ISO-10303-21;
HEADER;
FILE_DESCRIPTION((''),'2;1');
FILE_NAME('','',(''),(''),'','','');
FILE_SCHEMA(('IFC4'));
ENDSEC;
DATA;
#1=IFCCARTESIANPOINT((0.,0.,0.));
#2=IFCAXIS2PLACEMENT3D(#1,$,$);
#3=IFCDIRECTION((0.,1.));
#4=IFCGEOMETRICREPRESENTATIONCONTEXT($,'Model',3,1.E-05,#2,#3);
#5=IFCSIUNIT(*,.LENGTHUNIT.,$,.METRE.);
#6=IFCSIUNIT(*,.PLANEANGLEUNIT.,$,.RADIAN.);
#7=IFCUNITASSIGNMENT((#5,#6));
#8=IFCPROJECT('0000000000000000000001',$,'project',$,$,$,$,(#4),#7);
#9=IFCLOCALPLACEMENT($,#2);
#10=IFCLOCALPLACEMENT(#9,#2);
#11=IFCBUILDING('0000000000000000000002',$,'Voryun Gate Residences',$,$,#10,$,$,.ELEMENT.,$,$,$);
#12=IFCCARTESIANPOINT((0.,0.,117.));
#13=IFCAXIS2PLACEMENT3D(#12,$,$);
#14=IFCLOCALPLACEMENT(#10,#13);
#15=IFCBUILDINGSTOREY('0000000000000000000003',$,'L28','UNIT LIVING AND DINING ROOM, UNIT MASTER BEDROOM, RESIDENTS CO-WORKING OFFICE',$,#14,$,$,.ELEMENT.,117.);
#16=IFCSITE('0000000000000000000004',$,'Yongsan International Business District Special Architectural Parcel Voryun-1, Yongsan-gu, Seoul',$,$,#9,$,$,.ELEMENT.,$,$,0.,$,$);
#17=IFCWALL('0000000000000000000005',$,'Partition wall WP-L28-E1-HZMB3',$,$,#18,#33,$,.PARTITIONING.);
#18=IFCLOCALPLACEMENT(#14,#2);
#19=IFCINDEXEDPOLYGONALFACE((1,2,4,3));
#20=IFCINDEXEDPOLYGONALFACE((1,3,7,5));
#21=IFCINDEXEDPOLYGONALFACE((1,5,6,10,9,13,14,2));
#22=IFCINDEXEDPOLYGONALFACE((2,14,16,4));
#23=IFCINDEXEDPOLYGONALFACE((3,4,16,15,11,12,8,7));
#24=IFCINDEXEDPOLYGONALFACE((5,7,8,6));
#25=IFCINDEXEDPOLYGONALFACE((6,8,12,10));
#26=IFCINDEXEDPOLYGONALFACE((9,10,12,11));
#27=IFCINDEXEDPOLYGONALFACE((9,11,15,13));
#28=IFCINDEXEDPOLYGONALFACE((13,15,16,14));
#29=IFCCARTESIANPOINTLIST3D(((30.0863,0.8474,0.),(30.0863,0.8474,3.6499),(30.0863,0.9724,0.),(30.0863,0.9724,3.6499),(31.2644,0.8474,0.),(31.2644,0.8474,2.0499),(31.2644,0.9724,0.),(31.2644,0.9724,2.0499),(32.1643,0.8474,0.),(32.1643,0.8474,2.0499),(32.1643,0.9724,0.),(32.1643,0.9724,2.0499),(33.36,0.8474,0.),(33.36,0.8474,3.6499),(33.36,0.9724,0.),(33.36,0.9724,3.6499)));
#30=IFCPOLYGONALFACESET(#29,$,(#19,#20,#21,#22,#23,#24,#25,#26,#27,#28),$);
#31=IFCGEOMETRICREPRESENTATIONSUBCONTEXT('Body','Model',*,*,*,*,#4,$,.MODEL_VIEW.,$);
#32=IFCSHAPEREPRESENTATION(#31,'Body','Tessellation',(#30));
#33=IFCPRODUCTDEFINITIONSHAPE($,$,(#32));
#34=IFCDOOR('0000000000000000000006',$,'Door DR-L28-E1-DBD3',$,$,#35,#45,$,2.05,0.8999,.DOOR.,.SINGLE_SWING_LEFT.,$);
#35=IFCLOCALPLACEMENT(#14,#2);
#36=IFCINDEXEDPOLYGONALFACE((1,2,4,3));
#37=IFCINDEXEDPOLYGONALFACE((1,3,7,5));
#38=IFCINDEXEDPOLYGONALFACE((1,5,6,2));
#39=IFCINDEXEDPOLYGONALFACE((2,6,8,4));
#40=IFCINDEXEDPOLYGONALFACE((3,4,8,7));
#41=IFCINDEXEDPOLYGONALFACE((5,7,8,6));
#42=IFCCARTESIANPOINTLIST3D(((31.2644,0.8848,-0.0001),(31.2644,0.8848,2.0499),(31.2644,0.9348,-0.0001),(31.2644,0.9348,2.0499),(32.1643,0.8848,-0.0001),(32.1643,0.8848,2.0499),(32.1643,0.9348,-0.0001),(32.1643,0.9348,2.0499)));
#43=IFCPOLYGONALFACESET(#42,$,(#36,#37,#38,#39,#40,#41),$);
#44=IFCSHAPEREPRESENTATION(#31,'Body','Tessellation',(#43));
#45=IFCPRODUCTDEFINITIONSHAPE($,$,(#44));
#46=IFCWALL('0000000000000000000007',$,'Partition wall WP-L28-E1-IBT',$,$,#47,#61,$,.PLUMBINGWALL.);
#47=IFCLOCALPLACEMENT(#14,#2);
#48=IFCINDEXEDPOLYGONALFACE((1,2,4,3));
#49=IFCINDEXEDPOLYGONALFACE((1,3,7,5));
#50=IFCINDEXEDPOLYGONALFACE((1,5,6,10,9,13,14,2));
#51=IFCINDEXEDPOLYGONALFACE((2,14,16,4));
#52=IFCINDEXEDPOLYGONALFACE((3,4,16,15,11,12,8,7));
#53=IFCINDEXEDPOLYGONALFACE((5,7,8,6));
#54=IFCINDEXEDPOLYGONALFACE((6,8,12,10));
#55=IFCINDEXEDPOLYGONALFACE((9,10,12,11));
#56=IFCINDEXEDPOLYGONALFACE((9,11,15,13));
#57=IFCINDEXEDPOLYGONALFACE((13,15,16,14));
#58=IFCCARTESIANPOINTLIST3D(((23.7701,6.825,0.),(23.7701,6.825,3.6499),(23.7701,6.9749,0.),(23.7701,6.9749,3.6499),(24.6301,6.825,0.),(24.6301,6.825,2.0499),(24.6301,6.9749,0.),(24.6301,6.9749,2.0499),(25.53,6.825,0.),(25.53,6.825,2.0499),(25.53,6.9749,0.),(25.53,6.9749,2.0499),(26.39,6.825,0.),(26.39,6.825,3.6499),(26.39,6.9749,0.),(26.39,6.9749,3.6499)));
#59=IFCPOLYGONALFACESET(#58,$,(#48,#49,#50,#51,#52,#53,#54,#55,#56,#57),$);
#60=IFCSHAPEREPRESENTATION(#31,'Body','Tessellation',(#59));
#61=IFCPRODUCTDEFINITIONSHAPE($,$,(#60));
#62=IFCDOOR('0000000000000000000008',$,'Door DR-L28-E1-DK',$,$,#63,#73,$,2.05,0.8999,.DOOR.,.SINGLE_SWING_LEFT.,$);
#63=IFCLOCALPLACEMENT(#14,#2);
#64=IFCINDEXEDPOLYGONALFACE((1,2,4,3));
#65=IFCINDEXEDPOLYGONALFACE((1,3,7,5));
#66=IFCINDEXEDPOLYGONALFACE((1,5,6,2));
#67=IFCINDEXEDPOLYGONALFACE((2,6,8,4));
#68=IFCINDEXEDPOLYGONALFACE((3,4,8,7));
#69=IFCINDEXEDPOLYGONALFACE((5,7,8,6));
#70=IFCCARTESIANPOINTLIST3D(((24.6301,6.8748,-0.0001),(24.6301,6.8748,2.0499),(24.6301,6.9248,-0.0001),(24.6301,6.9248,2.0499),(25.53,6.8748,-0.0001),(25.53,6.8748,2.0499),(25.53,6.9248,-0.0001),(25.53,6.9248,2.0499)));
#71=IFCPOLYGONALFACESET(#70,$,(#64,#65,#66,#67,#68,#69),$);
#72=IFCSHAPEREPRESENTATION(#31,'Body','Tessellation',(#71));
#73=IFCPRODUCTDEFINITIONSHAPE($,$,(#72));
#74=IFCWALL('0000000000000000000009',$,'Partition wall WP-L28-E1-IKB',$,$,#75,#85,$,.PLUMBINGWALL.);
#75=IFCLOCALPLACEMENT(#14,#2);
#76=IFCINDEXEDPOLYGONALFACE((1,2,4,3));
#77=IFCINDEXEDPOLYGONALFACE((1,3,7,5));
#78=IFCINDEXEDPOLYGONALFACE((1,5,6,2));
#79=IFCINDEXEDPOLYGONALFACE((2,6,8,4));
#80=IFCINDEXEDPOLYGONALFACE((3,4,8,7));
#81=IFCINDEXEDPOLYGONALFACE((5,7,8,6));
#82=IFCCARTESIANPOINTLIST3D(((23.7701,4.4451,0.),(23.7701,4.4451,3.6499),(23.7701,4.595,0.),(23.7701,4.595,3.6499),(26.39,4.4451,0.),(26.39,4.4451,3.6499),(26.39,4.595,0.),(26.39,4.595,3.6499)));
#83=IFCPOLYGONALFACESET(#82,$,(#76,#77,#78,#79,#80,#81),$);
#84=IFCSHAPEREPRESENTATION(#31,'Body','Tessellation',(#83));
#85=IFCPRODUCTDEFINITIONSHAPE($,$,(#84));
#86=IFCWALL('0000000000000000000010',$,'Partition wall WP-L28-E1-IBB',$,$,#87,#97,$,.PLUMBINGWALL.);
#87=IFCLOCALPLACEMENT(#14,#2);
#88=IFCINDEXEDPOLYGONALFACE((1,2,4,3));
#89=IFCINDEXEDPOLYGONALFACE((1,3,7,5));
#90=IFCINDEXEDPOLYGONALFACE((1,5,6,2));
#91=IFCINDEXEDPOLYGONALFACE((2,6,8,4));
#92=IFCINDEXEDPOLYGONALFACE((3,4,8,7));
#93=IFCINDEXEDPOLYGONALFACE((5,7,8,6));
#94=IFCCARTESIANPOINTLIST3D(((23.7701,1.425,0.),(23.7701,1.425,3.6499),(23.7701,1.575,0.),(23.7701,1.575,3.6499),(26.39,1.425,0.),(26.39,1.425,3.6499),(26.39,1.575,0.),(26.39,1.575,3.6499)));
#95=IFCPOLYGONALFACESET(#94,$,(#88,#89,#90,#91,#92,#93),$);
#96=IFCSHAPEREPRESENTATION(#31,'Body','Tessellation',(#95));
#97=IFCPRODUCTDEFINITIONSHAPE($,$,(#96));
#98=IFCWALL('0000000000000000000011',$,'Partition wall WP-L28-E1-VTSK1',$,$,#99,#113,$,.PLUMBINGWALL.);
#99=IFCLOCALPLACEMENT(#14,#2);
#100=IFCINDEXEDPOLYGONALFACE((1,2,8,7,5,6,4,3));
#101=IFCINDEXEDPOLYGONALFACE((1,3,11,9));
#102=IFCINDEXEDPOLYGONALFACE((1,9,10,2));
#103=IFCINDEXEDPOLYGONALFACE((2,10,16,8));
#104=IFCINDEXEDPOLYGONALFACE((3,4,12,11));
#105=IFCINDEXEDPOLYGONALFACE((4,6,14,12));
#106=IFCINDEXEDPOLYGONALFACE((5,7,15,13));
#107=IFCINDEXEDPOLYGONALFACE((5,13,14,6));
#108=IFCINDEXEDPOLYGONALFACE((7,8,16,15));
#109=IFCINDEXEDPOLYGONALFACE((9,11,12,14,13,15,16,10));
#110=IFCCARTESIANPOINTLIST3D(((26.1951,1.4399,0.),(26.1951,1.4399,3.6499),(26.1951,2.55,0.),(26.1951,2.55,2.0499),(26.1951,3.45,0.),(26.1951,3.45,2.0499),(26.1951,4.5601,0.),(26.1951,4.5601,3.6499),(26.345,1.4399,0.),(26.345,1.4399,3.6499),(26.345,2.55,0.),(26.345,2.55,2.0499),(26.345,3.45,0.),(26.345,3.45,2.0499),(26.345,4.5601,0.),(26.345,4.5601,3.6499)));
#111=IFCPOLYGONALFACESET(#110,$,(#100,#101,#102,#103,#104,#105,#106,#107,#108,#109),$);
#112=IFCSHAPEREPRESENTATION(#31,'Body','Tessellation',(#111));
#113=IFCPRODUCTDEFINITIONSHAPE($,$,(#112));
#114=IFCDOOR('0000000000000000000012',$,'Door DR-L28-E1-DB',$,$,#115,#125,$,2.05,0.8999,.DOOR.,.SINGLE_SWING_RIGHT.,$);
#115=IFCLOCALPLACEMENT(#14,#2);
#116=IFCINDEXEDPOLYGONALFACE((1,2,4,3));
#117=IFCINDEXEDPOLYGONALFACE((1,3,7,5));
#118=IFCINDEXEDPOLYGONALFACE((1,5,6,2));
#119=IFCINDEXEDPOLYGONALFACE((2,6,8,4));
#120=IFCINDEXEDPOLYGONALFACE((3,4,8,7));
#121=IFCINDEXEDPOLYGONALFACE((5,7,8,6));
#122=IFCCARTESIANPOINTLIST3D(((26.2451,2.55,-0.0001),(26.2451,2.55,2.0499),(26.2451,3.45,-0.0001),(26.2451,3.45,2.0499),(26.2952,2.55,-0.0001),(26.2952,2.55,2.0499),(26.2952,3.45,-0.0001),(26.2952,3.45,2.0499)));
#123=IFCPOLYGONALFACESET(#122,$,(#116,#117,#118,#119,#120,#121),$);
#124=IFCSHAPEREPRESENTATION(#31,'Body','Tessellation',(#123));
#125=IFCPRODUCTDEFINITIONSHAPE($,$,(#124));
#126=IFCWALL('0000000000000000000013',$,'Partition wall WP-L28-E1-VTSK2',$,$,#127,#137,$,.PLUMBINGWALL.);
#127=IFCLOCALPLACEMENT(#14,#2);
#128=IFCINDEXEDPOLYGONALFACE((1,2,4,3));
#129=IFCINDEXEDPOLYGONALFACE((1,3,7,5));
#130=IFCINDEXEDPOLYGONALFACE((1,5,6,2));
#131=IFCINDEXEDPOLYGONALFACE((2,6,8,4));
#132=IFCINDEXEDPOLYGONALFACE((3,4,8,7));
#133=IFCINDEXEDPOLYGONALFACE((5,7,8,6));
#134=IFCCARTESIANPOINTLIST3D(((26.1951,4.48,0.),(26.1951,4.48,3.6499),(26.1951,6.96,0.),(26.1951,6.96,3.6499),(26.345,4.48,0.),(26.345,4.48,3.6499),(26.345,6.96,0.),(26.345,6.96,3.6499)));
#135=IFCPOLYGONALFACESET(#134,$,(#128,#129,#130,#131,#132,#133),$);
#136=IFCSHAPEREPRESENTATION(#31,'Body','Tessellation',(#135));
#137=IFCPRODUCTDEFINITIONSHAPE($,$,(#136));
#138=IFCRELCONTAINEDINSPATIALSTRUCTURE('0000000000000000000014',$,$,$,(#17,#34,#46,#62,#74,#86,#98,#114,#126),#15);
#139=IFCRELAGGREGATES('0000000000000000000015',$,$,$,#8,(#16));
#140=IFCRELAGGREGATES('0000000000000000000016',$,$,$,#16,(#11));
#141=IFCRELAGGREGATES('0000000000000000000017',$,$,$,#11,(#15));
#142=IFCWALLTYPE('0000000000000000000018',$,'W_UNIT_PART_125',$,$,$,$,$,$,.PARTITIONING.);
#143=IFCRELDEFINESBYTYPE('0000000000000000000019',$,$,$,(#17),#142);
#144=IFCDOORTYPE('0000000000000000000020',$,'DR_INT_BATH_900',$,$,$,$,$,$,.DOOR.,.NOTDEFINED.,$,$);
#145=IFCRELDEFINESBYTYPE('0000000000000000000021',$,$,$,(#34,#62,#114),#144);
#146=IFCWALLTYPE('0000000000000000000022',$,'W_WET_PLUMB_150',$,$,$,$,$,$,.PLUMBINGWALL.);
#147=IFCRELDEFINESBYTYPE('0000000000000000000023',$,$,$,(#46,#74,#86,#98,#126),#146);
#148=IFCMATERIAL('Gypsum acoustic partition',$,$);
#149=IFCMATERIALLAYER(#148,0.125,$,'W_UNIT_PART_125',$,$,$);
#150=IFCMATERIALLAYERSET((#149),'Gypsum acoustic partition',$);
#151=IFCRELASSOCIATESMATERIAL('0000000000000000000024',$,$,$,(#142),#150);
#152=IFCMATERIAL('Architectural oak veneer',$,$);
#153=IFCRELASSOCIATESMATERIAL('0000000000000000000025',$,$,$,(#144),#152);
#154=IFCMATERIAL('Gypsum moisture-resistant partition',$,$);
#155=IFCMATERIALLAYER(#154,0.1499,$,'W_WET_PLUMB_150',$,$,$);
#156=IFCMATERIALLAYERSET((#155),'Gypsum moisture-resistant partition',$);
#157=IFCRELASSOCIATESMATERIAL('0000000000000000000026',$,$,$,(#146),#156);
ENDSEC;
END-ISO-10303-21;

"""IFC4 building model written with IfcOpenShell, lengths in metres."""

from ifc_helpers import new_model, si_unit, direction, frame, frame_2d, origin, place, context, subcontext, project, spatial, rectangle, extrude, material, layer, layer_set, type_object, element, fill, save


model = new_model("IFC4")

# Units and contexts
model_context = context("Model", 3, precision=1e-05, world=origin(), true_north=direction((0.0, 1.0)))
body_context = subcontext(model_context, "Body", "Model", "MODEL_VIEW")
ifc_project = project(units=[si_unit("LENGTHUNIT", "METRE"), si_unit("PLANEANGLEUNIT", "RADIAN")], contexts=[model_context])

# Site, building, storey
site_placement = place(None, origin())
site = spatial("IfcSite", under=ifc_project, at=site_placement, Name="Yongsan International Business District Special Architectural Parcel Voryun-1, Yongsan-gu, Seoul", CompositionType="ELEMENT", RefElevation=0.0)
building_placement = place(site_placement, origin())
building = spatial("IfcBuilding", under=site, at=building_placement, Name="Voryun Gate Residences", CompositionType="ELEMENT")
storey_placement = place(building_placement, frame((0.0, 0.0, 117.0)))
storey = spatial("IfcBuildingStorey", under=building, at=storey_placement, Name="L28", Description="UNIT LIVING AND DINING ROOM, UNIT MASTER BEDROOM, RESIDENTS CO-WORKING OFFICE", CompositionType="ELEMENT", Elevation=117.0)

# Walls, openings, doors
ifc_material_1 = material(Name="Gypsum acoustic partition")
ifc_layer_1 = layer(ifc_material_1, 0.125, Name="W_UNIT_PART_125")
ifc_layer_set_1 = layer_set([ifc_layer_1], Name="Gypsum acoustic partition")
wall_type_1 = type_object("IfcWallType", Name="W_UNIT_PART_125", PredefinedType="PARTITIONING", material=ifc_layer_set_1)
ifc_material_2 = material(Name="Architectural oak veneer")
door_type = type_object("IfcDoorType", Name="DR_INT_BATH_900", OperationType="NOTDEFINED", PredefinedType="DOOR", material=ifc_material_2)
wall_1_placement = place(storey_placement, frame((30.0864, 0.9099, 0.0), z_axis=(0.0, 0.0, 1.0), x_axis=(1.0, 0.0, 0.0)))
wall_1 = element("IfcWall", 1, at=wall_1_placement, inside=storey, type_object=wall_type_1, Name="Partition wall WP-L28-E1-HZMB3", PredefinedType="PARTITIONING", context=body_context, shape_type="SweptSolid", body=[
    extrude(rectangle(XDim=3.2737, YDim=0.125, at=frame_2d((1.6367, 0.0))), origin(), (0.0, 0.0, 1.0), 3.6499),
])
opening_1_placement = place(wall_1_placement, frame((1.178, 0.0, 0.0)))
opening_1 = element("IfcOpeningElement", 2, at=opening_1_placement, cuts=wall_1, PredefinedType="OPENING", context=body_context, shape_type="SweptSolid", body=[
    extrude(rectangle(XDim=0.8999, YDim=2.05, at=frame_2d((0.45, 1.0249))), frame((0.0, 0.0725, 0.0), z_axis=(0.0, -1.0, 0.0), x_axis=(1.0, 0.0, 0.0)), (0.0, 0.0, 1.0), 0.145),
])
door_1_placement = place(opening_1_placement, origin())
door_1 = element("IfcDoor", 3, at=door_1_placement, inside=storey, type_object=door_type, Name="Door DR-L28-E1-DBD3", OperationType="SINGLE_SWING_LEFT", OverallHeight=2.05, OverallWidth=0.8999, PredefinedType="DOOR", context=body_context, shape_type="SweptSolid", body=[
    extrude(rectangle(XDim=0.8999, YDim=2.05, at=frame_2d((0.45, 1.0249))), frame((0.0, 0.0249, 0.0), z_axis=(0.0, -1.0, 0.0), x_axis=(1.0, 0.0, 0.0)), (0.0, 0.0, 1.0), 0.05),
])
fill(opening_1, door_1)
ifc_material_3 = material(Name="Gypsum moisture-resistant partition")
ifc_layer_2 = layer(ifc_material_3, 0.1499, Name="W_WET_PLUMB_150")
ifc_layer_set_2 = layer_set([ifc_layer_2], Name="Gypsum moisture-resistant partition")
wall_type_2 = type_object("IfcWallType", Name="W_WET_PLUMB_150", PredefinedType="PLUMBINGWALL", material=ifc_layer_set_2)
wall_2_placement = place(storey_placement, frame((23.77, 6.8999, 0.0), z_axis=(0.0, 0.0, 1.0), x_axis=(1.0, 0.0, 0.0)))
wall_2 = element("IfcWall", 4, at=wall_2_placement, inside=storey, type_object=wall_type_2, Name="Partition wall WP-L28-E1-IBT", PredefinedType="PLUMBINGWALL", context=body_context, shape_type="SweptSolid", body=[
    extrude(rectangle(XDim=2.6199, YDim=0.1499, at=frame_2d((1.3101, 0.0))), origin(), (0.0, 0.0, 1.0), 3.6499),
])
opening_2_placement = place(wall_2_placement, frame((0.8601, 0.0, 0.0)))
opening_2 = element("IfcOpeningElement", 5, at=opening_2_placement, cuts=wall_2, PredefinedType="OPENING", context=body_context, shape_type="SweptSolid", body=[
    extrude(rectangle(XDim=0.8999, YDim=2.05, at=frame_2d((0.45, 1.0249))), frame((0.0, 0.085, 0.0), z_axis=(0.0, -1.0, 0.0), x_axis=(1.0, 0.0, 0.0)), (0.0, 0.0, 1.0), 0.1699),
])
door_2_placement = place(opening_2_placement, origin())
door_2 = element("IfcDoor", 6, at=door_2_placement, inside=storey, type_object=door_type, Name="Door DR-L28-E1-DK", OperationType="SINGLE_SWING_LEFT", OverallHeight=2.05, OverallWidth=0.8999, PredefinedType="DOOR", context=body_context, shape_type="SweptSolid", body=[
    extrude(rectangle(XDim=0.8999, YDim=2.05, at=frame_2d((0.45, 1.0249))), frame((0.0, 0.0249, 0.0), z_axis=(0.0, -1.0, 0.0), x_axis=(1.0, 0.0, 0.0)), (0.0, 0.0, 1.0), 0.05),
])
fill(opening_2, door_2)

# Walls
for number, where, z_axis, x_axis, name in (
    (7, (23.77, 4.52, 0.0), (0.0, 0.0, 1.0), (1.0, 0.0, 0.0), "Partition wall WP-L28-E1-IKB"),
    (8, (23.77, 1.5, 0.0), (0.0, 0.0, 1.0), (1.0, 0.0, 0.0), "Partition wall WP-L28-E1-IBB"),
):
    element("IfcWall", number, at=place(storey_placement, frame(where, z_axis=z_axis, x_axis=x_axis)), inside=storey, type_object=wall_type_2, Name=name, PredefinedType="PLUMBINGWALL", context=body_context, shape_type="SweptSolid", body=[
        extrude(rectangle(XDim=2.6199, YDim=0.1499, at=frame_2d((1.3101, 0.0))), origin(), (0.0, 0.0, 1.0), 3.6499),
    ])

# Wall, opening, door
wall_3_placement = place(storey_placement, frame((26.27, 1.4399, 0.0), z_axis=(0.0, 0.0, 1.0), x_axis=(0.0, 1.0, 0.0)))
wall_3 = element("IfcWall", 9, at=wall_3_placement, inside=storey, type_object=wall_type_2, Name="Partition wall WP-L28-E1-VTSK1", PredefinedType="PLUMBINGWALL", context=body_context, shape_type="SweptSolid", body=[
    extrude(rectangle(XDim=3.1201, YDim=0.1499, at=frame_2d((1.5601, 0.0))), origin(), (0.0, 0.0, 1.0), 3.6499),
])
opening_3_placement = place(wall_3_placement, frame((1.1101, 0.0, 0.0)))
opening_3 = element("IfcOpeningElement", 10, at=opening_3_placement, cuts=wall_3, PredefinedType="OPENING", context=body_context, shape_type="SweptSolid", body=[
    extrude(rectangle(XDim=0.8999, YDim=2.05, at=frame_2d((0.45, 1.0249))), frame((0.0, 0.085, 0.0), z_axis=(0.0, -1.0, 0.0), x_axis=(1.0, 0.0, 0.0)), (0.0, 0.0, 1.0), 0.1699),
])
door_3_placement = place(opening_3_placement, origin())
door_3 = element("IfcDoor", 11, at=door_3_placement, inside=storey, type_object=door_type, Name="Door DR-L28-E1-DB", OperationType="SINGLE_SWING_RIGHT", OverallHeight=2.05, OverallWidth=0.8999, PredefinedType="DOOR", context=body_context, shape_type="SweptSolid", body=[
    extrude(rectangle(XDim=0.8999, YDim=2.05, at=frame_2d((0.45, 1.0249))), frame((0.0, 0.0249, 0.0), z_axis=(0.0, -1.0, 0.0), x_axis=(1.0, 0.0, 0.0)), (0.0, 0.0, 1.0), 0.05),
])
fill(opening_3, door_3)

# Wall
wall_4_placement = place(storey_placement, frame((26.27, 4.48, 0.0), z_axis=(0.0, 0.0, 1.0), x_axis=(0.0, 1.0, 0.0)))
element("IfcWall", 12, at=wall_4_placement, inside=storey, type_object=wall_type_2, Name="Partition wall WP-L28-E1-VTSK2", PredefinedType="PLUMBINGWALL", context=body_context, shape_type="SweptSolid", body=[
    extrude(rectangle(XDim=2.48, YDim=0.1499, at=frame_2d((1.24, 0.0))), origin(), (0.0, 0.0, 1.0), 3.6499),
])

save(model, "model.ifc")
